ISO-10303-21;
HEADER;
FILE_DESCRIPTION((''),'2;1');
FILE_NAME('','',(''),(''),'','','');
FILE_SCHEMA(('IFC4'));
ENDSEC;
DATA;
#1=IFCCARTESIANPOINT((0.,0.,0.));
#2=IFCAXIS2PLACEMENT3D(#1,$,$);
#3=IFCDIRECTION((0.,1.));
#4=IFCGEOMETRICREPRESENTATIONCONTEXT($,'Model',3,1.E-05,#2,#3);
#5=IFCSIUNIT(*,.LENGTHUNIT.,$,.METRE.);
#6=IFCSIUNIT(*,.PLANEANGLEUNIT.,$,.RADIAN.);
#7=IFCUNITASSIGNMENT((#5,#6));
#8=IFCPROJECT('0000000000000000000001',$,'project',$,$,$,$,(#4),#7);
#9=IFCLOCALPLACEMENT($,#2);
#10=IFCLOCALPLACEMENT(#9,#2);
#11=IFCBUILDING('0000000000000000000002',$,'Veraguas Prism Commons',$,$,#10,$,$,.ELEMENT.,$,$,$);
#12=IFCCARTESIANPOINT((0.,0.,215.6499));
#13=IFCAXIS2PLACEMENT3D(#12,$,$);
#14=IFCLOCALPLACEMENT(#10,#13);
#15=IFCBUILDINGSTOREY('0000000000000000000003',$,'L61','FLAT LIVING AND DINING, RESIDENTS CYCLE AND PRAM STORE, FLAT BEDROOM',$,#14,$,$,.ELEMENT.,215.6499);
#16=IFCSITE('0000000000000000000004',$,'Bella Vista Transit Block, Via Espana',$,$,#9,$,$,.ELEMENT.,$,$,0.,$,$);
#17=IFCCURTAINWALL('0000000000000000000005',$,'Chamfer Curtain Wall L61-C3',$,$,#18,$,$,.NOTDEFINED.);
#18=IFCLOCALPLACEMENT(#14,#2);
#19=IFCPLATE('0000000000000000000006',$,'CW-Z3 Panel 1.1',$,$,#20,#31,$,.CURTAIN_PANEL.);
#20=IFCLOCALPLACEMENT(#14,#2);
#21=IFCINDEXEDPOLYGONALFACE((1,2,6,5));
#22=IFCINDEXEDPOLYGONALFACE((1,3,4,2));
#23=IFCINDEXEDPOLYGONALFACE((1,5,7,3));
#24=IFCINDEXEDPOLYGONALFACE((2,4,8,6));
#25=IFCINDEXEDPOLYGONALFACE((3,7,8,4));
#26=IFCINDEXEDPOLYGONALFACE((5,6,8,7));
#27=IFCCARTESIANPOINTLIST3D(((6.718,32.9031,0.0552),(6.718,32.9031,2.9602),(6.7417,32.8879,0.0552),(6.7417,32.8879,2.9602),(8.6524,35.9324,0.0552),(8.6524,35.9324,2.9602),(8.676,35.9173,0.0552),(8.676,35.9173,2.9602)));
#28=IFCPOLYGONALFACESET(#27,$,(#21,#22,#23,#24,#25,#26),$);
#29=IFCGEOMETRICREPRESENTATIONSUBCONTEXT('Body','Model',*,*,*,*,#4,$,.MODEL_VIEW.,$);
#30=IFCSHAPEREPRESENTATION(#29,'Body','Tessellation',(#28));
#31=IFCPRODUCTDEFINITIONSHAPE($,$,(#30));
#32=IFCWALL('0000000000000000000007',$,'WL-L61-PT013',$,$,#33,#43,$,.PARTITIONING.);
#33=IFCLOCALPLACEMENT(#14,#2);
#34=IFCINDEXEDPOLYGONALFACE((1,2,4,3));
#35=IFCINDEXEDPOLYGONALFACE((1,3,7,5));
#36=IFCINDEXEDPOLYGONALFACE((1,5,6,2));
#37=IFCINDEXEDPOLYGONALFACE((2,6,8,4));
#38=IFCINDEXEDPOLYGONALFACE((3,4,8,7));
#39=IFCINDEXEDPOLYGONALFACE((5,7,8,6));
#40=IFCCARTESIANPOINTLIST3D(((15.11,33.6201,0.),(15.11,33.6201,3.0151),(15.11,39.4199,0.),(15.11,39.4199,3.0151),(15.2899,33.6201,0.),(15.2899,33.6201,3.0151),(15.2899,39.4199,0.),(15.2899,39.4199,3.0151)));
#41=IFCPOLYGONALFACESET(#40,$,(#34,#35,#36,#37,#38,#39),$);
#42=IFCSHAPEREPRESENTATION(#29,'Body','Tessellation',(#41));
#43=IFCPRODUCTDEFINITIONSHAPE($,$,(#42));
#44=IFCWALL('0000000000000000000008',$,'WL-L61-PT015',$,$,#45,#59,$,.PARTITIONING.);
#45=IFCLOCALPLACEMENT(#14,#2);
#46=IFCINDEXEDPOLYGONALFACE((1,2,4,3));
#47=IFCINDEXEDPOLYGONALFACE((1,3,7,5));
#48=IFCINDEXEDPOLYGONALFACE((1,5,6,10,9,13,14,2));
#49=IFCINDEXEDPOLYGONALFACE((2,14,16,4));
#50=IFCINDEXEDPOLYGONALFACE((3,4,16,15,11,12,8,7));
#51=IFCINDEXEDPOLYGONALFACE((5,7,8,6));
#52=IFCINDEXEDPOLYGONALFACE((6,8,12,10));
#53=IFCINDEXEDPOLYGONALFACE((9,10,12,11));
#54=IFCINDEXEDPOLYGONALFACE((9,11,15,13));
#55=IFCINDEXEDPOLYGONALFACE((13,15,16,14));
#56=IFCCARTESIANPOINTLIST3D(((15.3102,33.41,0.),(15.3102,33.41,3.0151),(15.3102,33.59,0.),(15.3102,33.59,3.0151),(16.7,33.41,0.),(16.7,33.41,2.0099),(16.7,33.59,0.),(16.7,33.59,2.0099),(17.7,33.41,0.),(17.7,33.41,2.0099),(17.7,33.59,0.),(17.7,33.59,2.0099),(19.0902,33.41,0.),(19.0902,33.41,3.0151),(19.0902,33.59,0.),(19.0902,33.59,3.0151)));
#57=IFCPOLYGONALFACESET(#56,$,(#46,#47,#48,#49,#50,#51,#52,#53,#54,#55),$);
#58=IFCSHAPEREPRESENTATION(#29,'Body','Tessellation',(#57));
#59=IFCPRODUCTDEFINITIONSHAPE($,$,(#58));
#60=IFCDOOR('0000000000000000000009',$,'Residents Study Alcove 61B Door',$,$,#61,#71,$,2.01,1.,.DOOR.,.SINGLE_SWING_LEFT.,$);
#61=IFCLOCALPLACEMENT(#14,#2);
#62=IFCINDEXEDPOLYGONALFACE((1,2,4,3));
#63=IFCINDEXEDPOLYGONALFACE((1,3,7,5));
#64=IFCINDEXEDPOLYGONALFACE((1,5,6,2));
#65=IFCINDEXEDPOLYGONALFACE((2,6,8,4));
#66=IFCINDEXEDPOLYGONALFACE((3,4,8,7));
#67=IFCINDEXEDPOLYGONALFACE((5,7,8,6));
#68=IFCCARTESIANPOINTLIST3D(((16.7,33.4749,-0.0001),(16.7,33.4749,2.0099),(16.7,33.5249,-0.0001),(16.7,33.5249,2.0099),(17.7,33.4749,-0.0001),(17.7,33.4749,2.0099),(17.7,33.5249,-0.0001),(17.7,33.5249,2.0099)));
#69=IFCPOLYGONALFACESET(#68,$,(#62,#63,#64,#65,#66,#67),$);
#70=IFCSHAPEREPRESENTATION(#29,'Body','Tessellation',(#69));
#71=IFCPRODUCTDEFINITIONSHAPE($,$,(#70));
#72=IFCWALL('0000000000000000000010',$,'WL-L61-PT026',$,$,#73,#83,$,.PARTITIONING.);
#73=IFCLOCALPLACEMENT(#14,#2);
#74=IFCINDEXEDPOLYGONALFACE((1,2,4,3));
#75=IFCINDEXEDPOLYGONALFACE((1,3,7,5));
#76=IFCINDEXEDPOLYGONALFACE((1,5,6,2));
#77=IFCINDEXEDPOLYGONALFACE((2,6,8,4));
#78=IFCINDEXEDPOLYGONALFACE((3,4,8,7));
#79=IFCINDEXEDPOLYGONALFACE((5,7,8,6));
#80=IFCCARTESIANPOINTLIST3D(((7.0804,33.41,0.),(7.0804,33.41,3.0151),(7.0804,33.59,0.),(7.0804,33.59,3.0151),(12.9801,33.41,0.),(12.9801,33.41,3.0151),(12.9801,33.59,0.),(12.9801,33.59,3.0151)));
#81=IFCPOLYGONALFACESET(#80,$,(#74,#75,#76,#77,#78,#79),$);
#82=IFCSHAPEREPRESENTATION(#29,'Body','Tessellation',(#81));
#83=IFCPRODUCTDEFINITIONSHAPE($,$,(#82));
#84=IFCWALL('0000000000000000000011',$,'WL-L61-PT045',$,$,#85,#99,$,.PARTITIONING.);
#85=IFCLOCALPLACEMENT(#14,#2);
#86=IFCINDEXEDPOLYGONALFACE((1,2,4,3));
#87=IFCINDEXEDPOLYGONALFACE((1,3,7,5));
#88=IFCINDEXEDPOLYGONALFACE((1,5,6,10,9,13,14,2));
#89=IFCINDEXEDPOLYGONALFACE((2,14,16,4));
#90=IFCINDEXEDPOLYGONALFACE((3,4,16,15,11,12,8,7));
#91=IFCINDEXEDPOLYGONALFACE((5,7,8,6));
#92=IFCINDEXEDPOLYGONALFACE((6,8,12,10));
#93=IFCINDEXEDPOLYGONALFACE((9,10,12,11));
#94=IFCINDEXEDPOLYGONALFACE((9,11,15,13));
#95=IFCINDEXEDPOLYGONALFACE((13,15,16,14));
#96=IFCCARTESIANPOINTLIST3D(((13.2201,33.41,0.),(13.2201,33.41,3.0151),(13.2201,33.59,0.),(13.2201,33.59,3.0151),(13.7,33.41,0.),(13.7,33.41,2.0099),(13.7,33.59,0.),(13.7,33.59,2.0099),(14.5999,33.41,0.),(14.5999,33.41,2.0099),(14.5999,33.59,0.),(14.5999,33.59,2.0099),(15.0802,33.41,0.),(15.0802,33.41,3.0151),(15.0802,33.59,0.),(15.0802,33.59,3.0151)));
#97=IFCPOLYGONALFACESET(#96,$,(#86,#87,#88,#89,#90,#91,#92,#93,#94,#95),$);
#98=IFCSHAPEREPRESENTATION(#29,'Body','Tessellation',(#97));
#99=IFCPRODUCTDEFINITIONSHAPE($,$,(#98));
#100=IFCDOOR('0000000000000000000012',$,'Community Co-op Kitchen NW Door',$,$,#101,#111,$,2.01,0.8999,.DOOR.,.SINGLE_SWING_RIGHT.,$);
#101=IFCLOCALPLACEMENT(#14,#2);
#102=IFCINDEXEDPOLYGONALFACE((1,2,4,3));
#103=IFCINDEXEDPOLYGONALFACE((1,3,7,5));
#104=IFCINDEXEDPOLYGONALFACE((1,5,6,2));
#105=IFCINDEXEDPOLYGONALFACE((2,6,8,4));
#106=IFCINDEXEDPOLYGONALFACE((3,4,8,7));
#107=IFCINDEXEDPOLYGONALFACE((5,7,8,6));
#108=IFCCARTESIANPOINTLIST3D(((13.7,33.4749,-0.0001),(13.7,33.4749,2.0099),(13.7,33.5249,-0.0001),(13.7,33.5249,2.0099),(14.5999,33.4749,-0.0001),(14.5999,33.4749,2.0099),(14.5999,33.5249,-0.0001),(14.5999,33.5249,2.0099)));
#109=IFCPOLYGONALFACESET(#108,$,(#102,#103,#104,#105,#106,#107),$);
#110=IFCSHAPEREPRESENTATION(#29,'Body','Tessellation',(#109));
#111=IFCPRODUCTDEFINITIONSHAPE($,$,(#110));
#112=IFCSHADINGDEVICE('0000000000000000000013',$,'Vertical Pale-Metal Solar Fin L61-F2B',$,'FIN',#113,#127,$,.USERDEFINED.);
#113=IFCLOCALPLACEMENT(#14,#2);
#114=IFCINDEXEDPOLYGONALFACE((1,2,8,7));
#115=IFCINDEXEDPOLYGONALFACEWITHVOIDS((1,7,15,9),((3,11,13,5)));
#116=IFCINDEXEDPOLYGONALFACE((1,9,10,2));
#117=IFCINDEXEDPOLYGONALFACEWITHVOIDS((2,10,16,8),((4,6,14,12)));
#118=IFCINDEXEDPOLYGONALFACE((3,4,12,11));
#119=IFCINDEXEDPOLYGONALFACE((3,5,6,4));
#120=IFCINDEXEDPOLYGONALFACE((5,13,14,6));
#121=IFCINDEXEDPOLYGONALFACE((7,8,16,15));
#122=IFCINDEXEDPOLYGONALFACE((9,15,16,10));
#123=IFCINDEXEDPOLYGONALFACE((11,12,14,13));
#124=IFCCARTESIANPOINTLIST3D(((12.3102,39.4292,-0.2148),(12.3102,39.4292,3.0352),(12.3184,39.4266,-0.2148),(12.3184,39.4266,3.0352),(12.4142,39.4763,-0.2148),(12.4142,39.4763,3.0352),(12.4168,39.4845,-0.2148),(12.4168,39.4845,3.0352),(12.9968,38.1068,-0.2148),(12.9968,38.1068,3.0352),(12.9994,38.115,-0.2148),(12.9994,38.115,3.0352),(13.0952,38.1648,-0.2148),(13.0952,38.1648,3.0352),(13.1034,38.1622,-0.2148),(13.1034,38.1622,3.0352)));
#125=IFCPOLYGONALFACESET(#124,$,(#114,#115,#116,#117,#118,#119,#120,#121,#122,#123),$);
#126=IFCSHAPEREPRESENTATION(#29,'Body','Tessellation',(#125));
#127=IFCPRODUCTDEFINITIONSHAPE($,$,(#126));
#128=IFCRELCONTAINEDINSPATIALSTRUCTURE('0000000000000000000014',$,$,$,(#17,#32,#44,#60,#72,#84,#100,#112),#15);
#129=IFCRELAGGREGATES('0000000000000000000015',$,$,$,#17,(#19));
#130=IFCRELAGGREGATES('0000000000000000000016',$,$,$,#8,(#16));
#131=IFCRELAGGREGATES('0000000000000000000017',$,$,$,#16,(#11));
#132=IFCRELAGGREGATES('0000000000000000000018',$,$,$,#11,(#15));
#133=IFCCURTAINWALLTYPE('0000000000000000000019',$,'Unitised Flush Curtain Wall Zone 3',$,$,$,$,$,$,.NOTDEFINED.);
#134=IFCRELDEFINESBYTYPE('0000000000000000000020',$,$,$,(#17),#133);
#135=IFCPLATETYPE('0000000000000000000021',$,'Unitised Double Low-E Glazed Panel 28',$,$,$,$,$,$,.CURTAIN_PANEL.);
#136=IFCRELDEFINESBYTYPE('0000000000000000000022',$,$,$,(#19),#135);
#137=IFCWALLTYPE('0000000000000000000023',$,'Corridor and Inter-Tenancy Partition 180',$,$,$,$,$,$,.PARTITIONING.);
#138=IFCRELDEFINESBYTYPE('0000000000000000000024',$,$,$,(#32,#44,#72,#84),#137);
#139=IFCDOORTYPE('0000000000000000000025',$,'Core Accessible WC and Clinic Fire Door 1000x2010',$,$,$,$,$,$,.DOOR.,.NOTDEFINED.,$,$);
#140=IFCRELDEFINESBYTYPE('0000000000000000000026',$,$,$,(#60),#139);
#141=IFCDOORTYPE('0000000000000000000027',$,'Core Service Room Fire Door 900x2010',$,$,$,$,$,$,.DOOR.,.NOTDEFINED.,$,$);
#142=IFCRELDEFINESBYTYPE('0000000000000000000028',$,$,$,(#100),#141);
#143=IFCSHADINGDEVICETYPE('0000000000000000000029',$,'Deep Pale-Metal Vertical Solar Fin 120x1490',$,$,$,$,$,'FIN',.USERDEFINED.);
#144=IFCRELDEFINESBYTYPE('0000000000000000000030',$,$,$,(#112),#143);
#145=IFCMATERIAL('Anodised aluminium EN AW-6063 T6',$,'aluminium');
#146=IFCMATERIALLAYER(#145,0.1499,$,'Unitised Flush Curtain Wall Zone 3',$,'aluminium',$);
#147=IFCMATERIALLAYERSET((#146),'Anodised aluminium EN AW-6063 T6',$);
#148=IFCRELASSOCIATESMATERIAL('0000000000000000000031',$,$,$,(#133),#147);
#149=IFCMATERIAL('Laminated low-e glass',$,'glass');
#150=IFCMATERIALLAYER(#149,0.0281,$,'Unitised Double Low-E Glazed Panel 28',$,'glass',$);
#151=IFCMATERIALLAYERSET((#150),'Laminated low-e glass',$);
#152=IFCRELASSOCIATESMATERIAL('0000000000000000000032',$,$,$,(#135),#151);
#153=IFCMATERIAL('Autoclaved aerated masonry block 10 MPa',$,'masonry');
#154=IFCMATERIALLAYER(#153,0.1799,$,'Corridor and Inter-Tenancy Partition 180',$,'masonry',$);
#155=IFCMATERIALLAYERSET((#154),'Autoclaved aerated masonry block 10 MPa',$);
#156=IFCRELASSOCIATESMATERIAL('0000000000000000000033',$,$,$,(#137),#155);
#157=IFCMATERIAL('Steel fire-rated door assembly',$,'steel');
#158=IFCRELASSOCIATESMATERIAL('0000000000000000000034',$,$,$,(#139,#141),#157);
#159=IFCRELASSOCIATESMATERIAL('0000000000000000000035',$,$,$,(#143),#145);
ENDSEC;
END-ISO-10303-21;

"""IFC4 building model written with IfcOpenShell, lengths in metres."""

from ifc_helpers import new_model, si_unit, direction, frame, frame_2d, origin, origin_2d, place, context, subcontext, project, spatial, rectangle, hollow_rectangle, extrude, source, transform, mapped, material, layer, layer_set, material_profile, profile_set, type_object, element, fill, aggregate, save


model = new_model("IFC4")

# Units and contexts
model_context = context("Model", 3, precision=1e-05, world=origin(), true_north=direction((0.0, 1.0)))
body_context = subcontext(model_context, "Body", "Model", "MODEL_VIEW")
ifc_project = project(units=[si_unit("LENGTHUNIT", "METRE"), si_unit("PLANEANGLEUNIT", "RADIAN")], contexts=[model_context])

# Site, building, storey
site_placement = place(None, origin())
site = spatial("IfcSite", under=ifc_project, at=site_placement, Name="Bella Vista Transit Block, Via Espana", CompositionType="ELEMENT", RefElevation=0.0)
building_placement = place(site_placement, origin())
building = spatial("IfcBuilding", under=site, at=building_placement, Name="Veraguas Prism Commons", CompositionType="ELEMENT")
storey_placement = place(building_placement, frame((0.0, 0.0, 215.6499)))
storey = spatial("IfcBuildingStorey", under=building, at=storey_placement, Name="L61", Description="FLAT LIVING AND DINING, RESIDENTS CYCLE AND PRAM STORE, FLAT BEDROOM", CompositionType="ELEMENT", Elevation=215.6499)

# Curtain wall
ifc_material_1 = material(Name="Anodised aluminium EN AW-6063 T6", Category="aluminium")
ifc_layer_1 = layer(ifc_material_1, 0.1499, Name="Unitised Flush Curtain Wall Zone 3", Category="aluminium")
ifc_layer_set_1 = layer_set([ifc_layer_1], Name="Anodised aluminium EN AW-6063 T6")
curtain_wall_type = type_object("IfcCurtainWallType", Name="Unitised Flush Curtain Wall Zone 3", PredefinedType="NOTDEFINED", material=ifc_layer_set_1)
curtain_wall_1_placement = place(storey_placement, origin())
curtain_wall_1 = element("IfcCurtainWall", 1, at=curtain_wall_1_placement, inside=storey, type_object=curtain_wall_type, Name="Chamfer Curtain Wall L61-C3", PredefinedType="NOTDEFINED")

# Plate
ifc_material_2 = material(Name="Laminated low-e glass", Category="glass")
ifc_layer_2 = layer(ifc_material_2, 0.0281, Name="Unitised Double Low-E Glazed Panel 28", Category="glass")
ifc_layer_set_2 = layer_set([ifc_layer_2], Name="Laminated low-e glass")
plate_type = type_object("IfcPlateType", Name="Unitised Double Low-E Glazed Panel 28", PredefinedType="CURTAIN_PANEL", material=ifc_layer_set_2)
shared_shape_1 = source(origin(), body_context, "Body", "SweptSolid", [
    extrude(rectangle(XDim=3.5942, YDim=0.0281, at=origin_2d()), origin(), (0.0, 0.0, 1.0), 2.905),
])
plate_1_placement = place(storey_placement, frame((7.697, 34.4102, 0.0552), z_axis=(0.0, 0.0, 1.0), x_axis=(-0.53819, -0.842824, 0.0)))
plate_1 = element("IfcPlate", 2, at=plate_1_placement, type_object=plate_type, Name="CW-Z3 Panel 1.1", PredefinedType="CURTAIN_PANEL", context=body_context, shape_type="MappedRepresentation", body=[
    mapped(shared_shape_1, transform((0.0, 0.0, 0.0), scale=1.0)),
])
aggregate(curtain_wall_1, [plate_1])

# Wall
ifc_material_3 = material(Name="Autoclaved aerated masonry block 10 MPa", Category="masonry")
ifc_layer_3 = layer(ifc_material_3, 0.1799, Name="Corridor and Inter-Tenancy Partition 180", Category="masonry")
ifc_layer_set_3 = layer_set([ifc_layer_3], Name="Autoclaved aerated masonry block 10 MPa")
wall_type = type_object("IfcWallType", Name="Corridor and Inter-Tenancy Partition 180", PredefinedType="PARTITIONING", material=ifc_layer_set_3)
wall_1_placement = place(storey_placement, frame((15.2, 33.6201, 0.0), z_axis=(0.0, 0.0, 1.0), x_axis=(0.0, 1.0, 0.0)))
element("IfcWall", 3, at=wall_1_placement, inside=storey, type_object=wall_type, Name="WL-L61-PT013", PredefinedType="PARTITIONING", context=body_context, shape_type="SweptSolid", body=[
    extrude(rectangle(XDim=5.7998, YDim=0.1799, at=frame_2d((2.8999, 0.0))), origin(), (0.0, 0.0, 1.0), 3.0151),
])

# Wall, opening, door
wall_2_placement = place(storey_placement, frame((15.3101, 33.5, 0.0), z_axis=(0.0, 0.0, 1.0), x_axis=(1.0, 0.0, 0.0)))
wall_2 = element("IfcWall", 4, at=wall_2_placement, inside=storey, type_object=wall_type, Name="WL-L61-PT015", PredefinedType="PARTITIONING", context=body_context, shape_type="SweptSolid", body=[
    extrude(rectangle(XDim=3.78, YDim=0.1799, at=frame_2d((1.8901, 0.0))), origin(), (0.0, 0.0, 1.0), 3.0151),
])
opening_1_placement = place(wall_2_placement, frame((1.3899, 0.0, 0.0)))
opening_1 = element("IfcOpeningElement", 5, at=opening_1_placement, cuts=wall_2, PredefinedType="OPENING", context=body_context, shape_type="SweptSolid", body=[
    extrude(rectangle(XDim=1.0, YDim=2.01, at=frame_2d((0.5, 1.0049))), frame((0.0, 0.0999, 0.0), z_axis=(0.0, -1.0, 0.0), x_axis=(1.0, 0.0, 0.0)), (0.0, 0.0, 1.0), 0.2),
])
ifc_material_4 = material(Name="Steel fire-rated door assembly", Category="steel")
door_type_1 = type_object("IfcDoorType", Name="Core Accessible WC and Clinic Fire Door 1000x2010", OperationType="NOTDEFINED", PredefinedType="DOOR", material=ifc_material_4)
shared_shape_2 = source(origin(), body_context, "Body", "SweptSolid", [
    extrude(rectangle(XDim=1.0, YDim=2.01, at=frame_2d((0.5, 1.0049))), frame((0.0, 0.0249, 0.0), z_axis=(0.0, -1.0, 0.0), x_axis=(1.0, 0.0, 0.0)), (0.0, 0.0, 1.0), 0.05),
])
door_1_placement = place(opening_1_placement, origin())
door_1 = element("IfcDoor", 6, at=door_1_placement, inside=storey, type_object=door_type_1, Name="Residents Study Alcove 61B Door", OperationType="SINGLE_SWING_LEFT", OverallHeight=2.01, OverallWidth=1.0, PredefinedType="DOOR", context=body_context, shape_type="MappedRepresentation", body=[
    mapped(shared_shape_2, transform((0.0, 0.0, 0.0), scale=1.0)),
])
fill(opening_1, door_1)

# Wall
wall_3_placement = place(storey_placement, frame((12.98, 33.5, 0.0), z_axis=(0.0, 0.0, 1.0), x_axis=(-1.0, 0.0, 0.0)))
element("IfcWall", 7, at=wall_3_placement, inside=storey, type_object=wall_type, Name="WL-L61-PT026", PredefinedType="PARTITIONING", context=body_context, shape_type="SweptSolid", body=[
    extrude(rectangle(XDim=5.8997, YDim=0.1799, at=frame_2d((2.9497, 0.0))), origin(), (0.0, 0.0, 1.0), 3.0151),
])

# Wall, opening, door
wall_4_placement = place(storey_placement, frame((13.22, 33.5, 0.0), z_axis=(0.0, 0.0, 1.0), x_axis=(1.0, 0.0, 0.0)))
wall_4 = element("IfcWall", 8, at=wall_4_placement, inside=storey, type_object=wall_type, Name="WL-L61-PT045", PredefinedType="PARTITIONING", context=body_context, shape_type="SweptSolid", body=[
    extrude(rectangle(XDim=1.8601, YDim=0.1799, at=frame_2d((0.9302, 0.0))), origin(), (0.0, 0.0, 1.0), 3.0151),
])
opening_2_placement = place(wall_4_placement, frame((0.48, 0.0, 0.0)))
opening_2 = element("IfcOpeningElement", 9, at=opening_2_placement, cuts=wall_4, PredefinedType="OPENING", context=body_context, shape_type="SweptSolid", body=[
    extrude(rectangle(XDim=0.8999, YDim=2.01, at=frame_2d((0.45, 1.0049))), frame((0.0, 0.0999, 0.0), z_axis=(0.0, -1.0, 0.0), x_axis=(1.0, 0.0, 0.0)), (0.0, 0.0, 1.0), 0.2),
])
door_type_2 = type_object("IfcDoorType", Name="Core Service Room Fire Door 900x2010", OperationType="NOTDEFINED", PredefinedType="DOOR", material=ifc_material_4)
shared_shape_3 = source(origin(), body_context, "Body", "SweptSolid", [
    extrude(rectangle(XDim=0.8999, YDim=2.01, at=frame_2d((0.45, 1.0049))), frame((0.0, 0.0249, 0.0), z_axis=(0.0, -1.0, 0.0), x_axis=(1.0, 0.0, 0.0)), (0.0, 0.0, 1.0), 0.05),
])
door_2_placement = place(opening_2_placement, origin())
door_2 = element("IfcDoor", 10, at=door_2_placement, inside=storey, type_object=door_type_2, Name="Community Co-op Kitchen NW Door", OperationType="SINGLE_SWING_RIGHT", OverallHeight=2.01, OverallWidth=0.8999, PredefinedType="DOOR", context=body_context, shape_type="MappedRepresentation", body=[
    mapped(shared_shape_3, transform((0.0, 0.0, 0.0), scale=1.0)),
])
fill(opening_2, door_2)

# Shading device
ifc_material_profile_1 = material_profile(ifc_material_1, hollow_rectangle(XDim=0.1201, YDim=1.49, WallThickness=0.0061, at=origin_2d()), Name="FIN120X1490X6")
ifc_profile_set_1 = profile_set([ifc_material_profile_1], Name="Anodised aluminium EN AW-6063 T6")
shading_device_type = type_object("IfcShadingDeviceType", Name="Deep Pale-Metal Vertical Solar Fin 120x1490", ElementType="FIN", PredefinedType="USERDEFINED", material=ifc_profile_set_1)
shading_device_placement = place(storey_placement, frame((12.7068, 38.7957, -0.2148), z_axis=(0.0, 0.0, 1.0), x_axis=(-0.887495, -0.460818, 0.0)))
element("IfcShadingDevice", 11, at=shading_device_placement, inside=storey, type_object=shading_device_type, Name="Vertical Pale-Metal Solar Fin L61-F2B", ObjectType="FIN", PredefinedType="USERDEFINED", context=body_context, shape_type="SweptSolid", body=[
    extrude(hollow_rectangle(XDim=0.1201, YDim=1.49, WallThickness=0.0061, at=origin_2d()), origin(), (0.0, 0.0, 1.0), 3.25),
])

save(model, "model.ifc")
